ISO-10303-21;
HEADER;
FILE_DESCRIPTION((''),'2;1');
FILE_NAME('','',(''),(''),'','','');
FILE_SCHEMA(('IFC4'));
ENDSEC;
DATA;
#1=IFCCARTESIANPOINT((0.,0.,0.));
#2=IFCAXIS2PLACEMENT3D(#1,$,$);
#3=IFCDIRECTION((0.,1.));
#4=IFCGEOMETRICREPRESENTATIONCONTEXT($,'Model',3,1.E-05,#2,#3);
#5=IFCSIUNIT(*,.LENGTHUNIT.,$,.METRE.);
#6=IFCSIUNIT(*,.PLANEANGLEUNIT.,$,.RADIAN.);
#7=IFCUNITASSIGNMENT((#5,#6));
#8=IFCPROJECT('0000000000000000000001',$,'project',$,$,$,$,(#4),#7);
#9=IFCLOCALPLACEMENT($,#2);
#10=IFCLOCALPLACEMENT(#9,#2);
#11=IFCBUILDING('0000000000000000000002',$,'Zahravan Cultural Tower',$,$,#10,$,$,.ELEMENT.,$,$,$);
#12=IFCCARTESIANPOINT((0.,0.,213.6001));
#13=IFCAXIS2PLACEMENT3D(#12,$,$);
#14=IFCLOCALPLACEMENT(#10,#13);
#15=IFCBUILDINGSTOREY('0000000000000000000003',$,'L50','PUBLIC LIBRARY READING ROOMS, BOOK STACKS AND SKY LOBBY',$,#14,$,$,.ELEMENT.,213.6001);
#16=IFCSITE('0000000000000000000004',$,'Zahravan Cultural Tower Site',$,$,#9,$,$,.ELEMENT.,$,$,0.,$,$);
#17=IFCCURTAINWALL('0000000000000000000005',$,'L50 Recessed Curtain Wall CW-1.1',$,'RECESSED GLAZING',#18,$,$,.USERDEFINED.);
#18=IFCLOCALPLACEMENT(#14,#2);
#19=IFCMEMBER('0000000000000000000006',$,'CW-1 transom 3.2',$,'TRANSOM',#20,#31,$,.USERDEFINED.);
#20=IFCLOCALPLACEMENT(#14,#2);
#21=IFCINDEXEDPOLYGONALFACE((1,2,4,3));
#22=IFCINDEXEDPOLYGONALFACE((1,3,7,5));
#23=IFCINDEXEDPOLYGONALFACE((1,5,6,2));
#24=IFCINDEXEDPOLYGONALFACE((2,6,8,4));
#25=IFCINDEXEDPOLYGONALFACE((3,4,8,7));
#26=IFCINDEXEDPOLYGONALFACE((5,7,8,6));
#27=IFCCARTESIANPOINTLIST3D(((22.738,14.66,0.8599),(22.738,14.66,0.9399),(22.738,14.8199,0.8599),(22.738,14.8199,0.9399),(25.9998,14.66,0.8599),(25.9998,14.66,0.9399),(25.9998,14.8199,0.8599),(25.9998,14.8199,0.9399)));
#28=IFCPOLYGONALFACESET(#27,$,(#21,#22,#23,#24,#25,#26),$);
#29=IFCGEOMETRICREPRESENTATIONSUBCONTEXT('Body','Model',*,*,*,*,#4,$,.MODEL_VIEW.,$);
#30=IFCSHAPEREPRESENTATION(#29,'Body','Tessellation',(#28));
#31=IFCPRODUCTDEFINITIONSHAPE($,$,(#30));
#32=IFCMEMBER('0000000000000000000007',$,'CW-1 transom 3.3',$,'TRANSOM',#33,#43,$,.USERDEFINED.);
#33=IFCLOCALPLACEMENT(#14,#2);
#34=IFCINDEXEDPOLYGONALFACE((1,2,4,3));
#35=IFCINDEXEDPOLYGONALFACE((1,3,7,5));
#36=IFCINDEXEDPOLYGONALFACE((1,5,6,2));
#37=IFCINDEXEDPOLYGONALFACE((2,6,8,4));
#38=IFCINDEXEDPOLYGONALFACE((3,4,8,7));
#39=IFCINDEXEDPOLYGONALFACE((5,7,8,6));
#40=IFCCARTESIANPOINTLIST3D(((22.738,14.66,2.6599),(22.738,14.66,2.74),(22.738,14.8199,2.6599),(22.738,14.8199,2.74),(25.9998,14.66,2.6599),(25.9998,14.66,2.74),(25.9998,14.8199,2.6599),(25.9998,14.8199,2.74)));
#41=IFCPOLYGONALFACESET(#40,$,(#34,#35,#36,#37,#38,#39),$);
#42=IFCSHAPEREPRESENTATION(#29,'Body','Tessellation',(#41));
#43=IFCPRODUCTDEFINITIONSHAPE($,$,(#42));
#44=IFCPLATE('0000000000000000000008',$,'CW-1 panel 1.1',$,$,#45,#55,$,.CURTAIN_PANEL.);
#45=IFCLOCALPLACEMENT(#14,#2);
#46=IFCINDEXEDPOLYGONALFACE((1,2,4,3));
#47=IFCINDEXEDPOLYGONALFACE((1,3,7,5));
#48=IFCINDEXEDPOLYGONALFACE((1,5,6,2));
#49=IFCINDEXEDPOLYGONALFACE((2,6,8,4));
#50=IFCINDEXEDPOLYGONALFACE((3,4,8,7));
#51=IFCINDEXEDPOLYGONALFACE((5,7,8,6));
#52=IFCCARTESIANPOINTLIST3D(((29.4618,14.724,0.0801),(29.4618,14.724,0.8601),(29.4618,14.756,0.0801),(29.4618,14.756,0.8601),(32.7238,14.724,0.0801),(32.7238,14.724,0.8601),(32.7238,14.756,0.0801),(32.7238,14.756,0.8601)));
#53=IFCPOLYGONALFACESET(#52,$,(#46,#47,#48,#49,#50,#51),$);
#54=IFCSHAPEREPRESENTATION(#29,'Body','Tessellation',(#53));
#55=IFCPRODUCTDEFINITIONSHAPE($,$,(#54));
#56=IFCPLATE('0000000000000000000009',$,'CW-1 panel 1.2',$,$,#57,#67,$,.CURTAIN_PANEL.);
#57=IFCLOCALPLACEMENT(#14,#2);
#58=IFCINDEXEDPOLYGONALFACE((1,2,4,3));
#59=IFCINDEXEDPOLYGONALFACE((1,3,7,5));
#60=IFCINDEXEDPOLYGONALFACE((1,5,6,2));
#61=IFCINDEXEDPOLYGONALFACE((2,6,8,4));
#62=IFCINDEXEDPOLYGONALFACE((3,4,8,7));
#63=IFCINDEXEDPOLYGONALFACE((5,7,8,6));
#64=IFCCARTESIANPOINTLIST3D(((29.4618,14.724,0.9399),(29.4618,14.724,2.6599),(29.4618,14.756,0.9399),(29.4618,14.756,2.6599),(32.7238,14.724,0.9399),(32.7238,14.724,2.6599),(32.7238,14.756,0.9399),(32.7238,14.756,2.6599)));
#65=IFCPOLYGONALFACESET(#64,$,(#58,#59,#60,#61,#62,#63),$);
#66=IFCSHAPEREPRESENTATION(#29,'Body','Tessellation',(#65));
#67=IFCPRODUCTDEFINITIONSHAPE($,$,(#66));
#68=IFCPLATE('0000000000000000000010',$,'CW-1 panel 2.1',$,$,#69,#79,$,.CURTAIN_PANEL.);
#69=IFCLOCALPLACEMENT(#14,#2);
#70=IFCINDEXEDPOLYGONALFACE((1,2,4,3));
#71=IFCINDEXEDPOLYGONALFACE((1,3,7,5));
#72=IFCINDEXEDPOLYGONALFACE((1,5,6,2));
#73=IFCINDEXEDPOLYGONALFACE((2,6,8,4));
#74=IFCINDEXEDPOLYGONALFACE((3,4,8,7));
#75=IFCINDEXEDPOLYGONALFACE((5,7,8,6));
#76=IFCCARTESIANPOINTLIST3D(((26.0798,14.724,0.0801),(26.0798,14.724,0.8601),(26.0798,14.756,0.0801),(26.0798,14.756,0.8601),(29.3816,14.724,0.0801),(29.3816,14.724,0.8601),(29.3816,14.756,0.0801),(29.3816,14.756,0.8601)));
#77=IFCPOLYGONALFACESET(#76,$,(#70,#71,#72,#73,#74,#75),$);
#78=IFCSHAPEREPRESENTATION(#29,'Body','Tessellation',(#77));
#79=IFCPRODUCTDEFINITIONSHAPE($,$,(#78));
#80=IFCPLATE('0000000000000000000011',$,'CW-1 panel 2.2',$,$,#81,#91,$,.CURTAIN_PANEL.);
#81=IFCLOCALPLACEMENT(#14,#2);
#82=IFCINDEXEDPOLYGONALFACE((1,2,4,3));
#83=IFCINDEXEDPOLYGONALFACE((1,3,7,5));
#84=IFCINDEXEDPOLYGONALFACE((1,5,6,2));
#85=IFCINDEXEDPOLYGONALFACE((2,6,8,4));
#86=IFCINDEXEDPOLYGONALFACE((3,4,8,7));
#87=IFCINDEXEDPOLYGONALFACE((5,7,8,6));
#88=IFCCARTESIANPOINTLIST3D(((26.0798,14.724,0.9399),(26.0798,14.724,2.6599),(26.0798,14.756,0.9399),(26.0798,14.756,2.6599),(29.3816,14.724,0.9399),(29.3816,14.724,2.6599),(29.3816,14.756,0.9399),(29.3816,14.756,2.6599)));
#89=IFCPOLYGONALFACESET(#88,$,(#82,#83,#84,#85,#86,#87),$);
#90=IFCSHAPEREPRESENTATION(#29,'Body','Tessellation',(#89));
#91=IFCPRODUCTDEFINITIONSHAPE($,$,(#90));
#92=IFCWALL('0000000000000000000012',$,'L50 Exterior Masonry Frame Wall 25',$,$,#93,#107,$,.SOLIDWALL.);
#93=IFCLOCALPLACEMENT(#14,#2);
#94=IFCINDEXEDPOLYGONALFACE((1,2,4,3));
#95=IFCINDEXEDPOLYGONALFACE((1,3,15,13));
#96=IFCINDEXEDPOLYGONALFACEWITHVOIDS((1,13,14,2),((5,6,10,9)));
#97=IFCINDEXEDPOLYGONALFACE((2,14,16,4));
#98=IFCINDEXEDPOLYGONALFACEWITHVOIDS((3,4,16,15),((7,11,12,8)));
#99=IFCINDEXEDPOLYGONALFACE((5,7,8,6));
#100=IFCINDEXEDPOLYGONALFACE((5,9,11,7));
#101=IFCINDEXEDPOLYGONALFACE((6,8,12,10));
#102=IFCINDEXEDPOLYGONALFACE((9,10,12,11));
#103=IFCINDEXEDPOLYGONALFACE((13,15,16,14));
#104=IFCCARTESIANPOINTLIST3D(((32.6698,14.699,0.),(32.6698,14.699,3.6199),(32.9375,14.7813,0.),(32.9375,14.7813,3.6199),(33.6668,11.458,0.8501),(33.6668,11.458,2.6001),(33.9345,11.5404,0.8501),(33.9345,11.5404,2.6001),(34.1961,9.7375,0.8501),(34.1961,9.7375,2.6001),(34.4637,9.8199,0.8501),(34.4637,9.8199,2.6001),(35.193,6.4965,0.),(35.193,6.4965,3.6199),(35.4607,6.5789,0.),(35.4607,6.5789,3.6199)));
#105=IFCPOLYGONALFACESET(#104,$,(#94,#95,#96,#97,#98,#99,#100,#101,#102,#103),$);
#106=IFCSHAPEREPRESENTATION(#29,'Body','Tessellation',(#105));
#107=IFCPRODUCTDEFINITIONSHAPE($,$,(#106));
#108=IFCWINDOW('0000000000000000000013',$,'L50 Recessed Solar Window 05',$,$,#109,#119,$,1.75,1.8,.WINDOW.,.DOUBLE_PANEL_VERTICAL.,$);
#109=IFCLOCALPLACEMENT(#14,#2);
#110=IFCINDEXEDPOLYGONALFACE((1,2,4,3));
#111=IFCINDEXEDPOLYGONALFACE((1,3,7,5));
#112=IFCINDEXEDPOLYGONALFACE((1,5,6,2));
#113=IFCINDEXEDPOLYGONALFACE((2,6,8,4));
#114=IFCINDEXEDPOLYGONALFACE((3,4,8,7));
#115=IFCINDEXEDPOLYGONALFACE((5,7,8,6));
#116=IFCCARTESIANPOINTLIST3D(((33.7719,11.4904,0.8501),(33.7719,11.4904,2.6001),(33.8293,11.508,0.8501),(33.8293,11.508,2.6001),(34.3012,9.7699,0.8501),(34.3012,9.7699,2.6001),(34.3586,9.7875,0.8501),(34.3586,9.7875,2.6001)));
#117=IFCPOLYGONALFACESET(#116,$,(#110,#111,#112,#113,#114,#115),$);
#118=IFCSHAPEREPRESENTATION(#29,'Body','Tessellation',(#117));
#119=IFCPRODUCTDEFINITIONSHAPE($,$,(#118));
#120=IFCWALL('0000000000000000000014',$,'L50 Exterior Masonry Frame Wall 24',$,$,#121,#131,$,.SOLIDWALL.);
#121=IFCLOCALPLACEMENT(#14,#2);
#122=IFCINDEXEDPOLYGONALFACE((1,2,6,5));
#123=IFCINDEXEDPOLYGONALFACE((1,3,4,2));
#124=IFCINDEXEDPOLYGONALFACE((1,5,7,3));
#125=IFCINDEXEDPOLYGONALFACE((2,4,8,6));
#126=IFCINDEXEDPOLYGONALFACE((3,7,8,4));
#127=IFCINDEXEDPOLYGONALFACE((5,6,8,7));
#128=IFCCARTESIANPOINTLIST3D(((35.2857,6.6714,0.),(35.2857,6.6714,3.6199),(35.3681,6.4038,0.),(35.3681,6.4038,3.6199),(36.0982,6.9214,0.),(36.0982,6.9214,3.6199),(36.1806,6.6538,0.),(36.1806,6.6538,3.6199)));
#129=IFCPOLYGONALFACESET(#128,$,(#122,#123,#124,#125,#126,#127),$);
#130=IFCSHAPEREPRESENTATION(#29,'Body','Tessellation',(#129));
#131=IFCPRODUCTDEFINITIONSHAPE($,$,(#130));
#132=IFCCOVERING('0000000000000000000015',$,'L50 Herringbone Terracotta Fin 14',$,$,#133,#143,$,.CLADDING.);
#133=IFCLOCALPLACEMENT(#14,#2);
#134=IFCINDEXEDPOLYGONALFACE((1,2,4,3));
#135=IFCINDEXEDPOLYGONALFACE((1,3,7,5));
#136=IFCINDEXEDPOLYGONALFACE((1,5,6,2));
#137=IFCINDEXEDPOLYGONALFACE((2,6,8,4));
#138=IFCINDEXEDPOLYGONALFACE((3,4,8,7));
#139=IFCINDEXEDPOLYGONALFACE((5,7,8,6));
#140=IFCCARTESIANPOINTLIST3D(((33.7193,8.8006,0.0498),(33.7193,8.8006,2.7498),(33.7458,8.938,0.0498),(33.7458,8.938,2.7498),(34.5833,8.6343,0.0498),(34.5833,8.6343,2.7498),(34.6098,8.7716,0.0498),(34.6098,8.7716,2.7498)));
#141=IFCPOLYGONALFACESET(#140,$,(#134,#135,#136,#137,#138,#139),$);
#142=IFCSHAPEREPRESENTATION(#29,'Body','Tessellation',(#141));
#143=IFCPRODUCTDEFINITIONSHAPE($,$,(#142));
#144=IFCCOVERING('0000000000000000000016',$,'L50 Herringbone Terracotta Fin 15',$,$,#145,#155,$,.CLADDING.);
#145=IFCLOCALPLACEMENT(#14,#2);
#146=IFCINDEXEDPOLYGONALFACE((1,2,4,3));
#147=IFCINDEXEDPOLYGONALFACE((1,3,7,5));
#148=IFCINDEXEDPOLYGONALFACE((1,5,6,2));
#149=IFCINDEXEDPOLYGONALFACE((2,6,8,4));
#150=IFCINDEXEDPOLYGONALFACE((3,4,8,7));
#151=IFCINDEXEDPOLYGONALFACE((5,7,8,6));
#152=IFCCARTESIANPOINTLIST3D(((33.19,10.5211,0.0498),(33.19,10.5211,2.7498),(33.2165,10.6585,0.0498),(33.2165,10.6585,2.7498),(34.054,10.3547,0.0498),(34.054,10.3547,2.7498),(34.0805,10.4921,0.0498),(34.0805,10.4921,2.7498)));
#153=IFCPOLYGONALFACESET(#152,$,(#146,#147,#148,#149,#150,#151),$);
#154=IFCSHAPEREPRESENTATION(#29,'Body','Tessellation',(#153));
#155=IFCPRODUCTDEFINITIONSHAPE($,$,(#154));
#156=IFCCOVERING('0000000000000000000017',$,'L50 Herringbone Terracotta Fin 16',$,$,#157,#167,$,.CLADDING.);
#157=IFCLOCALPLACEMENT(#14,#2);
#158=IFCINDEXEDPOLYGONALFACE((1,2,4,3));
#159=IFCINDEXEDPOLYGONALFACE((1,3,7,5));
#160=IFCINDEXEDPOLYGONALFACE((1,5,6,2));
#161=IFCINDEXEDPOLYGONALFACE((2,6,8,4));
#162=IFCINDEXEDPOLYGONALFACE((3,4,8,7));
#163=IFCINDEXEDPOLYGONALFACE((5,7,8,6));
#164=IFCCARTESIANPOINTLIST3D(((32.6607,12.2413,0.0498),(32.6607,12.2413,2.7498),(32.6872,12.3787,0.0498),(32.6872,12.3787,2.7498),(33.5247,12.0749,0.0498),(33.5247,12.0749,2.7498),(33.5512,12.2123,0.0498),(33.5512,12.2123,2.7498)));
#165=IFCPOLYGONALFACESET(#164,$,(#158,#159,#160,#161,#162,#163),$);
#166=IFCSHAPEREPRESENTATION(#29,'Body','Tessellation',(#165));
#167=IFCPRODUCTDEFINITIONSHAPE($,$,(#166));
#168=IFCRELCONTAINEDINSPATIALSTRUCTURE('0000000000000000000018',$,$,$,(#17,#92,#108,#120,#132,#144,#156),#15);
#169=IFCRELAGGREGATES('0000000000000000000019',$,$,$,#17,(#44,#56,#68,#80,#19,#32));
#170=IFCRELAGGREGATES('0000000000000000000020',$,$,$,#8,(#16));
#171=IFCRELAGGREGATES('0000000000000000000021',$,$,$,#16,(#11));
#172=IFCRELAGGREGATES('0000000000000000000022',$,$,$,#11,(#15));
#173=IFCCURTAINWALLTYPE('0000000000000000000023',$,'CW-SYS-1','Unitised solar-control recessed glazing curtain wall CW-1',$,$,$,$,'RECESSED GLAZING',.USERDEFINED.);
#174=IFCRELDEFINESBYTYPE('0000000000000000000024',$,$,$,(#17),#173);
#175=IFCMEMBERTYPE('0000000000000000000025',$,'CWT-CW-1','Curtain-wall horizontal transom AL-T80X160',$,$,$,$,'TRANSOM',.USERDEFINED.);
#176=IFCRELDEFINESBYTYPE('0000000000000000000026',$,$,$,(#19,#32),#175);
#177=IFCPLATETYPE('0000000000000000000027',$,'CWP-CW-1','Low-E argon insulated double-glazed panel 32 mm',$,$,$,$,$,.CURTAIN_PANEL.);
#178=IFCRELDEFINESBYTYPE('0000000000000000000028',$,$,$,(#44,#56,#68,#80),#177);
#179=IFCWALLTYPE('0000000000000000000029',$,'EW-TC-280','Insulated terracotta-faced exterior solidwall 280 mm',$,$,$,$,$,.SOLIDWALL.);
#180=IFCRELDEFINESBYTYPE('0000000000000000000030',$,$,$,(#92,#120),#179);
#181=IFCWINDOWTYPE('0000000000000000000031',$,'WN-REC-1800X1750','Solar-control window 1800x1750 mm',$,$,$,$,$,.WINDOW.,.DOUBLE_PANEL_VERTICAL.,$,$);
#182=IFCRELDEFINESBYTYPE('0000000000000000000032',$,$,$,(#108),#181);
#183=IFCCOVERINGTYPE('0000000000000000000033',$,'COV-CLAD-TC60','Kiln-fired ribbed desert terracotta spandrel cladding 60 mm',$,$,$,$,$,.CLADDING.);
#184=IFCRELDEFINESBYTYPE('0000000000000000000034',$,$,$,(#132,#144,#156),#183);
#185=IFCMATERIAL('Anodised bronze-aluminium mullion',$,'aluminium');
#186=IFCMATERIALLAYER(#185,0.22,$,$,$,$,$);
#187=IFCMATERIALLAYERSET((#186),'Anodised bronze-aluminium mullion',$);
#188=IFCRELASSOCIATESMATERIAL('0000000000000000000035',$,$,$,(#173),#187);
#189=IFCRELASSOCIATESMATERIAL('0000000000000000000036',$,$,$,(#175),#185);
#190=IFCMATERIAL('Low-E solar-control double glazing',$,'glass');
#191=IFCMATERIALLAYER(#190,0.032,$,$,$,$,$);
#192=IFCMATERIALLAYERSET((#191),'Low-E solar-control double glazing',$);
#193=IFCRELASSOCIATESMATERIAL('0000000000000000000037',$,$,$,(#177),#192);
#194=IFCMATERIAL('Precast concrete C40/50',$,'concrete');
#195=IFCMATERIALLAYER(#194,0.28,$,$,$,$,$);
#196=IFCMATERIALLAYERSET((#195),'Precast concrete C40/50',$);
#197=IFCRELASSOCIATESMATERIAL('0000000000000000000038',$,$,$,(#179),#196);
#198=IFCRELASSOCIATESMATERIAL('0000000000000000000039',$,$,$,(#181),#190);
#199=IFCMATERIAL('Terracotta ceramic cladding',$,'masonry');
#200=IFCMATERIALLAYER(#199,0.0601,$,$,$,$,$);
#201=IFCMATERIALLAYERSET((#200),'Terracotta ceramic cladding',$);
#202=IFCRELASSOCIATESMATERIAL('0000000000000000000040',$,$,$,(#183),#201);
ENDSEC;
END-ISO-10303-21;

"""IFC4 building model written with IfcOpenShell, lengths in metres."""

from ifc_helpers import new_model, si_unit, direction, frame, frame_2d, origin, origin_2d, place, context, subcontext, project, spatial, rectangle, extrude, source, transform, mapped, material, layer, layer_set, material_profile, profile_set, type_object, element, fill, aggregate, save


model = new_model("IFC4")

# Units and contexts
model_context = context("Model", 3, precision=1e-05, world=origin(), true_north=direction((0.0, 1.0)))
body_context = subcontext(model_context, "Body", "Model", "MODEL_VIEW")
ifc_project = project(units=[si_unit("LENGTHUNIT", "METRE"), si_unit("PLANEANGLEUNIT", "RADIAN")], contexts=[model_context])

# Site, building, storey
site_placement = place(None, origin())
site = spatial("IfcSite", under=ifc_project, at=site_placement, Name="Zahravan Cultural Tower Site", CompositionType="ELEMENT", RefElevation=0.0)
building_placement = place(site_placement, origin())
building = spatial("IfcBuilding", under=site, at=building_placement, Name="Zahravan Cultural Tower", CompositionType="ELEMENT")
storey_placement = place(building_placement, frame((0.0, 0.0, 213.6001)))
storey = spatial("IfcBuildingStorey", under=building, at=storey_placement, Name="L50", Description="PUBLIC LIBRARY READING ROOMS, BOOK STACKS AND SKY LOBBY", CompositionType="ELEMENT", Elevation=213.6001)

# Curtain wall, members, plates
ifc_material_1 = material(Name="Anodised bronze-aluminium mullion", Category="aluminium")
ifc_layer_1 = layer(ifc_material_1, 0.22)
ifc_layer_set_1 = layer_set([ifc_layer_1], Name="Anodised bronze-aluminium mullion")
curtain_wall_type = type_object("IfcCurtainWallType", Name="CW-SYS-1", Description="Unitised solar-control recessed glazing curtain wall CW-1", ElementType="RECESSED GLAZING", PredefinedType="USERDEFINED", material=ifc_layer_set_1)
curtain_wall_placement = place(storey_placement, origin())
curtain_wall = element("IfcCurtainWall", 1, at=curtain_wall_placement, inside=storey, type_object=curtain_wall_type, Name="L50 Recessed Curtain Wall CW-1.1", ObjectType="RECESSED GLAZING", PredefinedType="USERDEFINED")
ifc_material_profile_1 = material_profile(ifc_material_1, rectangle(XDim=0.1599, YDim=0.0801, at=origin_2d()), Name="AL-T80X160")
ifc_profile_set_1 = profile_set([ifc_material_profile_1], Name="Anodised bronze-aluminium mullion")
member_type_1 = type_object("IfcMemberType", Name="CWT-CW-1", Description="Curtain-wall horizontal transom AL-T80X160", ElementType="TRANSOM", PredefinedType="USERDEFINED", material=ifc_profile_set_1)
shared_shape_1 = source(origin(), body_context, "Body", "SweptSolid", [
    extrude(rectangle(XDim=0.1599, YDim=0.0801, at=origin_2d()), origin(), (0.0, 0.0, 1.0), 3.2617),
])
member_1_placement = place(storey_placement, frame((25.9998, 14.74, 0.8999), z_axis=(-1.0, 0.0, 0.0), x_axis=(0.0, -1.0, 0.0)))
member_1 = element("IfcMember", 2, at=member_1_placement, type_object=member_type_1, Name="CW-1 transom 3.2", ObjectType="TRANSOM", PredefinedType="USERDEFINED", context=body_context, shape_type="MappedRepresentation", body=[
    mapped(shared_shape_1, transform((0.0, 0.0, 0.0), x_axis=(1.0, 0.0, 0.0), y_axis=(0.0, 1.0, 0.0), z_axis=(0.0, 0.0, 1.0), scale=1.0)),
])
member_2_placement = place(storey_placement, frame((25.9998, 14.74, 2.7), z_axis=(-1.0, 0.0, 0.0), x_axis=(0.0, -1.0, 0.0)))
member_2 = element("IfcMember", 3, at=member_2_placement, type_object=member_type_1, Name="CW-1 transom 3.3", ObjectType="TRANSOM", PredefinedType="USERDEFINED", context=body_context, shape_type="MappedRepresentation", body=[
    mapped(shared_shape_1, transform((0.0, 0.0, 0.0), x_axis=(1.0, 0.0, 0.0), y_axis=(0.0, 1.0, 0.0), z_axis=(0.0, 0.0, 1.0), scale=1.0)),
])
ifc_material_2 = material(Name="Low-E solar-control double glazing", Category="glass")
ifc_layer_2 = layer(ifc_material_2, 0.032)
ifc_layer_set_2 = layer_set([ifc_layer_2], Name="Low-E solar-control double glazing")
plate_type = type_object("IfcPlateType", Name="CWP-CW-1", Description="Low-E argon insulated double-glazed panel 32 mm", PredefinedType="CURTAIN_PANEL", material=ifc_layer_set_2)
shared_shape_2 = source(origin(), body_context, "Body", "SweptSolid", [
    extrude(rectangle(XDim=3.262, YDim=0.032, at=origin_2d()), origin(), (0.0, 0.0, 1.0), 0.78),
])
plate_1_placement = place(storey_placement, frame((31.0928, 14.74, 0.0801), z_axis=(0.0, 0.0, 1.0), x_axis=(-1.0, 0.0, 0.0)))
plate_1 = element("IfcPlate", 4, at=plate_1_placement, type_object=plate_type, Name="CW-1 panel 1.1", PredefinedType="CURTAIN_PANEL", context=body_context, shape_type="MappedRepresentation", body=[
    mapped(shared_shape_2, transform((0.0, 0.0, 0.0), x_axis=(1.0, 0.0, 0.0), y_axis=(0.0, 1.0, 0.0), z_axis=(0.0, 0.0, 1.0), scale=1.0)),
])
shared_shape_3 = source(origin(), body_context, "Body", "SweptSolid", [
    extrude(rectangle(XDim=3.262, YDim=0.032, at=origin_2d()), origin(), (0.0, 0.0, 1.0), 1.72),
])
plate_2_placement = place(storey_placement, frame((31.0928, 14.74, 0.9399), z_axis=(0.0, 0.0, 1.0), x_axis=(-1.0, 0.0, 0.0)))
plate_2 = element("IfcPlate", 5, at=plate_2_placement, type_object=plate_type, Name="CW-1 panel 1.2", PredefinedType="CURTAIN_PANEL", context=body_context, shape_type="MappedRepresentation", body=[
    mapped(shared_shape_3, transform((0.0, 0.0, 0.0), x_axis=(1.0, 0.0, 0.0), y_axis=(0.0, 1.0, 0.0), z_axis=(0.0, 0.0, 1.0), scale=1.0)),
])
shared_shape_4 = source(origin(), body_context, "Body", "SweptSolid", [
    extrude(rectangle(XDim=3.3018, YDim=0.032, at=origin_2d()), origin(), (0.0, 0.0, 1.0), 0.78),
])
plate_3_placement = place(storey_placement, frame((27.7307, 14.74, 0.0801), z_axis=(0.0, 0.0, 1.0), x_axis=(-1.0, 0.0, 0.0)))
plate_3 = element("IfcPlate", 6, at=plate_3_placement, type_object=plate_type, Name="CW-1 panel 2.1", PredefinedType="CURTAIN_PANEL", context=body_context, shape_type="MappedRepresentation", body=[
    mapped(shared_shape_4, transform((0.0, 0.0, 0.0), x_axis=(1.0, 0.0, 0.0), y_axis=(0.0, 1.0, 0.0), z_axis=(0.0, 0.0, 1.0), scale=1.0)),
])
shared_shape_5 = source(origin(), body_context, "Body", "SweptSolid", [
    extrude(rectangle(XDim=3.3018, YDim=0.032, at=origin_2d()), origin(), (0.0, 0.0, 1.0), 1.72),
])
plate_4_placement = place(storey_placement, frame((27.7307, 14.74, 0.9399), z_axis=(0.0, 0.0, 1.0), x_axis=(-1.0, 0.0, 0.0)))
plate_4 = element("IfcPlate", 7, at=plate_4_placement, type_object=plate_type, Name="CW-1 panel 2.2", PredefinedType="CURTAIN_PANEL", context=body_context, shape_type="MappedRepresentation", body=[
    mapped(shared_shape_5, transform((0.0, 0.0, 0.0), x_axis=(1.0, 0.0, 0.0), y_axis=(0.0, 1.0, 0.0), z_axis=(0.0, 0.0, 1.0), scale=1.0)),
])
aggregate(curtain_wall, [plate_1, plate_2, plate_3, plate_4, member_1, member_2])

# Wall, opening, window
ifc_material_3 = material(Name="Precast concrete C40/50", Category="concrete")
ifc_layer_3 = layer(ifc_material_3, 0.28)
ifc_layer_set_3 = layer_set([ifc_layer_3], Name="Precast concrete C40/50")
wall_type = type_object("IfcWallType", Name="EW-TC-280", Description="Insulated terracotta-faced exterior solidwall 280 mm", PredefinedType="SOLIDWALL", material=ifc_layer_set_3)
wall_1_placement = place(storey_placement, frame((35.3269, 6.5376, 0.0), z_axis=(0.0, 0.0, 1.0), x_axis=(-0.29402, 0.955799, 0.0)))
wall_1 = element("IfcWall", 8, at=wall_1_placement, inside=storey, type_object=wall_type, Name="L50 Exterior Masonry Frame Wall 25", PredefinedType="SOLIDWALL", context=body_context, shape_type="SweptSolid", body=[
    extrude(rectangle(XDim=8.5818, YDim=0.28, at=frame_2d((4.291, 0.0))), origin(), (0.0, 0.0, 1.0), 3.6199),
])
opening_placement = place(wall_1_placement, frame((3.3911, 0.0, 0.8501)))
opening = element("IfcOpeningElement", 9, at=opening_placement, cuts=wall_1, PredefinedType="OPENING", context=body_context, shape_type="SweptSolid", body=[
    extrude(rectangle(XDim=1.8, YDim=1.75, at=frame_2d((0.8999, 0.875))), frame((0.0, 0.1499, 0.0), z_axis=(0.0, -1.0, 0.0), x_axis=(1.0, 0.0, 0.0)), (0.0, 0.0, 1.0), 0.3),
])
window_type = type_object("IfcWindowType", Name="WN-REC-1800X1750", Description="Solar-control window 1800x1750 mm", PartitioningType="DOUBLE_PANEL_VERTICAL", PredefinedType="WINDOW", material=ifc_material_2)
shared_shape_6 = source(origin(), body_context, "Body", "SweptSolid", [
    extrude(rectangle(XDim=1.8, YDim=1.75, at=frame_2d((0.8999, 0.875))), frame((0.0, 0.03, 0.0), z_axis=(0.0, -1.0, 0.0), x_axis=(1.0, 0.0, 0.0)), (0.0, 0.0, 1.0), 0.0601),
])
window_placement = place(opening_placement, origin())
window = element("IfcWindow", 10, at=window_placement, inside=storey, type_object=window_type, Name="L50 Recessed Solar Window 05", OverallHeight=1.75, OverallWidth=1.8, PartitioningType="DOUBLE_PANEL_VERTICAL", PredefinedType="WINDOW", context=body_context, shape_type="MappedRepresentation", body=[
    mapped(shared_shape_6, transform((0.0, 0.0, 0.0), x_axis=(1.0, 0.0, 0.0), y_axis=(0.0, 1.0, 0.0), z_axis=(0.0, 0.0, 1.0), scale=1.0)),
])
fill(opening, window)

# Wall
shared_shape_7 = source(origin(), body_context, "Body", "SweptSolid", [
    extrude(rectangle(XDim=0.8501, YDim=0.28, at=frame_2d((0.425, 0.0))), origin(), (0.0, 0.0, 1.0), 3.6199),
])
wall_2_placement = place(storey_placement, frame((36.1394, 6.7876, 0.0), z_axis=(0.0, 0.0, 1.0), x_axis=(-0.955779, -0.294086, 0.0)))
element("IfcWall", 11, at=wall_2_placement, inside=storey, type_object=wall_type, Name="L50 Exterior Masonry Frame Wall 24", PredefinedType="SOLIDWALL", context=body_context, shape_type="MappedRepresentation", body=[
    mapped(shared_shape_7, transform((0.0, 0.0, 0.0), x_axis=(1.0, 0.0, 0.0), y_axis=(0.0, 1.0, 0.0), z_axis=(0.0, 0.0, 1.0), scale=1.0)),
])

# Coverings
ifc_material_4 = material(Name="Terracotta ceramic cladding", Category="masonry")
ifc_layer_4 = layer(ifc_material_4, 0.0601)
ifc_layer_set_4 = layer_set([ifc_layer_4], Name="Terracotta ceramic cladding")
covering_type = type_object("IfcCoveringType", Name="COV-CLAD-TC60", Description="Kiln-fired ribbed desert terracotta spandrel cladding 60 mm", PredefinedType="CLADDING", material=ifc_layer_set_4)
shared_shape_8 = source(origin(), body_context, "Body", "SweptSolid", [
    extrude(rectangle(XDim=0.8799, YDim=0.1399, at=origin_2d()), origin(), (0.0, 0.0, 1.0), 2.7),
])
for number, where, z_axis, x_axis, name in (
    (12, (34.1646, 8.7861, 0.0498), (0.0, 0.0, 1.0), (-0.981959, 0.189095, 0.0), "L50 Herringbone Terracotta Fin 14"),
    (13, (33.6353, 10.5066, 0.0498), (0.0, 0.0, 1.0), (-0.981959, 0.189095, 0.0), "L50 Herringbone Terracotta Fin 15"),
    (14, (33.106, 12.2268, 0.0498), (0.0, 0.0, 1.0), (-0.981959, 0.189095, 0.0), "L50 Herringbone Terracotta Fin 16"),
):
    element("IfcCovering", number, at=place(storey_placement, frame(where, z_axis=z_axis, x_axis=x_axis)), inside=storey, type_object=covering_type, Name=name, PredefinedType="CLADDING", context=body_context, shape_type="MappedRepresentation", body=[
        mapped(shared_shape_8, transform((0.0, 0.0, 0.0), x_axis=(1.0, 0.0, 0.0), y_axis=(0.0, 1.0, 0.0), z_axis=(0.0, 0.0, 1.0), scale=1.0)),
    ])

save(model, "model.ifc")
